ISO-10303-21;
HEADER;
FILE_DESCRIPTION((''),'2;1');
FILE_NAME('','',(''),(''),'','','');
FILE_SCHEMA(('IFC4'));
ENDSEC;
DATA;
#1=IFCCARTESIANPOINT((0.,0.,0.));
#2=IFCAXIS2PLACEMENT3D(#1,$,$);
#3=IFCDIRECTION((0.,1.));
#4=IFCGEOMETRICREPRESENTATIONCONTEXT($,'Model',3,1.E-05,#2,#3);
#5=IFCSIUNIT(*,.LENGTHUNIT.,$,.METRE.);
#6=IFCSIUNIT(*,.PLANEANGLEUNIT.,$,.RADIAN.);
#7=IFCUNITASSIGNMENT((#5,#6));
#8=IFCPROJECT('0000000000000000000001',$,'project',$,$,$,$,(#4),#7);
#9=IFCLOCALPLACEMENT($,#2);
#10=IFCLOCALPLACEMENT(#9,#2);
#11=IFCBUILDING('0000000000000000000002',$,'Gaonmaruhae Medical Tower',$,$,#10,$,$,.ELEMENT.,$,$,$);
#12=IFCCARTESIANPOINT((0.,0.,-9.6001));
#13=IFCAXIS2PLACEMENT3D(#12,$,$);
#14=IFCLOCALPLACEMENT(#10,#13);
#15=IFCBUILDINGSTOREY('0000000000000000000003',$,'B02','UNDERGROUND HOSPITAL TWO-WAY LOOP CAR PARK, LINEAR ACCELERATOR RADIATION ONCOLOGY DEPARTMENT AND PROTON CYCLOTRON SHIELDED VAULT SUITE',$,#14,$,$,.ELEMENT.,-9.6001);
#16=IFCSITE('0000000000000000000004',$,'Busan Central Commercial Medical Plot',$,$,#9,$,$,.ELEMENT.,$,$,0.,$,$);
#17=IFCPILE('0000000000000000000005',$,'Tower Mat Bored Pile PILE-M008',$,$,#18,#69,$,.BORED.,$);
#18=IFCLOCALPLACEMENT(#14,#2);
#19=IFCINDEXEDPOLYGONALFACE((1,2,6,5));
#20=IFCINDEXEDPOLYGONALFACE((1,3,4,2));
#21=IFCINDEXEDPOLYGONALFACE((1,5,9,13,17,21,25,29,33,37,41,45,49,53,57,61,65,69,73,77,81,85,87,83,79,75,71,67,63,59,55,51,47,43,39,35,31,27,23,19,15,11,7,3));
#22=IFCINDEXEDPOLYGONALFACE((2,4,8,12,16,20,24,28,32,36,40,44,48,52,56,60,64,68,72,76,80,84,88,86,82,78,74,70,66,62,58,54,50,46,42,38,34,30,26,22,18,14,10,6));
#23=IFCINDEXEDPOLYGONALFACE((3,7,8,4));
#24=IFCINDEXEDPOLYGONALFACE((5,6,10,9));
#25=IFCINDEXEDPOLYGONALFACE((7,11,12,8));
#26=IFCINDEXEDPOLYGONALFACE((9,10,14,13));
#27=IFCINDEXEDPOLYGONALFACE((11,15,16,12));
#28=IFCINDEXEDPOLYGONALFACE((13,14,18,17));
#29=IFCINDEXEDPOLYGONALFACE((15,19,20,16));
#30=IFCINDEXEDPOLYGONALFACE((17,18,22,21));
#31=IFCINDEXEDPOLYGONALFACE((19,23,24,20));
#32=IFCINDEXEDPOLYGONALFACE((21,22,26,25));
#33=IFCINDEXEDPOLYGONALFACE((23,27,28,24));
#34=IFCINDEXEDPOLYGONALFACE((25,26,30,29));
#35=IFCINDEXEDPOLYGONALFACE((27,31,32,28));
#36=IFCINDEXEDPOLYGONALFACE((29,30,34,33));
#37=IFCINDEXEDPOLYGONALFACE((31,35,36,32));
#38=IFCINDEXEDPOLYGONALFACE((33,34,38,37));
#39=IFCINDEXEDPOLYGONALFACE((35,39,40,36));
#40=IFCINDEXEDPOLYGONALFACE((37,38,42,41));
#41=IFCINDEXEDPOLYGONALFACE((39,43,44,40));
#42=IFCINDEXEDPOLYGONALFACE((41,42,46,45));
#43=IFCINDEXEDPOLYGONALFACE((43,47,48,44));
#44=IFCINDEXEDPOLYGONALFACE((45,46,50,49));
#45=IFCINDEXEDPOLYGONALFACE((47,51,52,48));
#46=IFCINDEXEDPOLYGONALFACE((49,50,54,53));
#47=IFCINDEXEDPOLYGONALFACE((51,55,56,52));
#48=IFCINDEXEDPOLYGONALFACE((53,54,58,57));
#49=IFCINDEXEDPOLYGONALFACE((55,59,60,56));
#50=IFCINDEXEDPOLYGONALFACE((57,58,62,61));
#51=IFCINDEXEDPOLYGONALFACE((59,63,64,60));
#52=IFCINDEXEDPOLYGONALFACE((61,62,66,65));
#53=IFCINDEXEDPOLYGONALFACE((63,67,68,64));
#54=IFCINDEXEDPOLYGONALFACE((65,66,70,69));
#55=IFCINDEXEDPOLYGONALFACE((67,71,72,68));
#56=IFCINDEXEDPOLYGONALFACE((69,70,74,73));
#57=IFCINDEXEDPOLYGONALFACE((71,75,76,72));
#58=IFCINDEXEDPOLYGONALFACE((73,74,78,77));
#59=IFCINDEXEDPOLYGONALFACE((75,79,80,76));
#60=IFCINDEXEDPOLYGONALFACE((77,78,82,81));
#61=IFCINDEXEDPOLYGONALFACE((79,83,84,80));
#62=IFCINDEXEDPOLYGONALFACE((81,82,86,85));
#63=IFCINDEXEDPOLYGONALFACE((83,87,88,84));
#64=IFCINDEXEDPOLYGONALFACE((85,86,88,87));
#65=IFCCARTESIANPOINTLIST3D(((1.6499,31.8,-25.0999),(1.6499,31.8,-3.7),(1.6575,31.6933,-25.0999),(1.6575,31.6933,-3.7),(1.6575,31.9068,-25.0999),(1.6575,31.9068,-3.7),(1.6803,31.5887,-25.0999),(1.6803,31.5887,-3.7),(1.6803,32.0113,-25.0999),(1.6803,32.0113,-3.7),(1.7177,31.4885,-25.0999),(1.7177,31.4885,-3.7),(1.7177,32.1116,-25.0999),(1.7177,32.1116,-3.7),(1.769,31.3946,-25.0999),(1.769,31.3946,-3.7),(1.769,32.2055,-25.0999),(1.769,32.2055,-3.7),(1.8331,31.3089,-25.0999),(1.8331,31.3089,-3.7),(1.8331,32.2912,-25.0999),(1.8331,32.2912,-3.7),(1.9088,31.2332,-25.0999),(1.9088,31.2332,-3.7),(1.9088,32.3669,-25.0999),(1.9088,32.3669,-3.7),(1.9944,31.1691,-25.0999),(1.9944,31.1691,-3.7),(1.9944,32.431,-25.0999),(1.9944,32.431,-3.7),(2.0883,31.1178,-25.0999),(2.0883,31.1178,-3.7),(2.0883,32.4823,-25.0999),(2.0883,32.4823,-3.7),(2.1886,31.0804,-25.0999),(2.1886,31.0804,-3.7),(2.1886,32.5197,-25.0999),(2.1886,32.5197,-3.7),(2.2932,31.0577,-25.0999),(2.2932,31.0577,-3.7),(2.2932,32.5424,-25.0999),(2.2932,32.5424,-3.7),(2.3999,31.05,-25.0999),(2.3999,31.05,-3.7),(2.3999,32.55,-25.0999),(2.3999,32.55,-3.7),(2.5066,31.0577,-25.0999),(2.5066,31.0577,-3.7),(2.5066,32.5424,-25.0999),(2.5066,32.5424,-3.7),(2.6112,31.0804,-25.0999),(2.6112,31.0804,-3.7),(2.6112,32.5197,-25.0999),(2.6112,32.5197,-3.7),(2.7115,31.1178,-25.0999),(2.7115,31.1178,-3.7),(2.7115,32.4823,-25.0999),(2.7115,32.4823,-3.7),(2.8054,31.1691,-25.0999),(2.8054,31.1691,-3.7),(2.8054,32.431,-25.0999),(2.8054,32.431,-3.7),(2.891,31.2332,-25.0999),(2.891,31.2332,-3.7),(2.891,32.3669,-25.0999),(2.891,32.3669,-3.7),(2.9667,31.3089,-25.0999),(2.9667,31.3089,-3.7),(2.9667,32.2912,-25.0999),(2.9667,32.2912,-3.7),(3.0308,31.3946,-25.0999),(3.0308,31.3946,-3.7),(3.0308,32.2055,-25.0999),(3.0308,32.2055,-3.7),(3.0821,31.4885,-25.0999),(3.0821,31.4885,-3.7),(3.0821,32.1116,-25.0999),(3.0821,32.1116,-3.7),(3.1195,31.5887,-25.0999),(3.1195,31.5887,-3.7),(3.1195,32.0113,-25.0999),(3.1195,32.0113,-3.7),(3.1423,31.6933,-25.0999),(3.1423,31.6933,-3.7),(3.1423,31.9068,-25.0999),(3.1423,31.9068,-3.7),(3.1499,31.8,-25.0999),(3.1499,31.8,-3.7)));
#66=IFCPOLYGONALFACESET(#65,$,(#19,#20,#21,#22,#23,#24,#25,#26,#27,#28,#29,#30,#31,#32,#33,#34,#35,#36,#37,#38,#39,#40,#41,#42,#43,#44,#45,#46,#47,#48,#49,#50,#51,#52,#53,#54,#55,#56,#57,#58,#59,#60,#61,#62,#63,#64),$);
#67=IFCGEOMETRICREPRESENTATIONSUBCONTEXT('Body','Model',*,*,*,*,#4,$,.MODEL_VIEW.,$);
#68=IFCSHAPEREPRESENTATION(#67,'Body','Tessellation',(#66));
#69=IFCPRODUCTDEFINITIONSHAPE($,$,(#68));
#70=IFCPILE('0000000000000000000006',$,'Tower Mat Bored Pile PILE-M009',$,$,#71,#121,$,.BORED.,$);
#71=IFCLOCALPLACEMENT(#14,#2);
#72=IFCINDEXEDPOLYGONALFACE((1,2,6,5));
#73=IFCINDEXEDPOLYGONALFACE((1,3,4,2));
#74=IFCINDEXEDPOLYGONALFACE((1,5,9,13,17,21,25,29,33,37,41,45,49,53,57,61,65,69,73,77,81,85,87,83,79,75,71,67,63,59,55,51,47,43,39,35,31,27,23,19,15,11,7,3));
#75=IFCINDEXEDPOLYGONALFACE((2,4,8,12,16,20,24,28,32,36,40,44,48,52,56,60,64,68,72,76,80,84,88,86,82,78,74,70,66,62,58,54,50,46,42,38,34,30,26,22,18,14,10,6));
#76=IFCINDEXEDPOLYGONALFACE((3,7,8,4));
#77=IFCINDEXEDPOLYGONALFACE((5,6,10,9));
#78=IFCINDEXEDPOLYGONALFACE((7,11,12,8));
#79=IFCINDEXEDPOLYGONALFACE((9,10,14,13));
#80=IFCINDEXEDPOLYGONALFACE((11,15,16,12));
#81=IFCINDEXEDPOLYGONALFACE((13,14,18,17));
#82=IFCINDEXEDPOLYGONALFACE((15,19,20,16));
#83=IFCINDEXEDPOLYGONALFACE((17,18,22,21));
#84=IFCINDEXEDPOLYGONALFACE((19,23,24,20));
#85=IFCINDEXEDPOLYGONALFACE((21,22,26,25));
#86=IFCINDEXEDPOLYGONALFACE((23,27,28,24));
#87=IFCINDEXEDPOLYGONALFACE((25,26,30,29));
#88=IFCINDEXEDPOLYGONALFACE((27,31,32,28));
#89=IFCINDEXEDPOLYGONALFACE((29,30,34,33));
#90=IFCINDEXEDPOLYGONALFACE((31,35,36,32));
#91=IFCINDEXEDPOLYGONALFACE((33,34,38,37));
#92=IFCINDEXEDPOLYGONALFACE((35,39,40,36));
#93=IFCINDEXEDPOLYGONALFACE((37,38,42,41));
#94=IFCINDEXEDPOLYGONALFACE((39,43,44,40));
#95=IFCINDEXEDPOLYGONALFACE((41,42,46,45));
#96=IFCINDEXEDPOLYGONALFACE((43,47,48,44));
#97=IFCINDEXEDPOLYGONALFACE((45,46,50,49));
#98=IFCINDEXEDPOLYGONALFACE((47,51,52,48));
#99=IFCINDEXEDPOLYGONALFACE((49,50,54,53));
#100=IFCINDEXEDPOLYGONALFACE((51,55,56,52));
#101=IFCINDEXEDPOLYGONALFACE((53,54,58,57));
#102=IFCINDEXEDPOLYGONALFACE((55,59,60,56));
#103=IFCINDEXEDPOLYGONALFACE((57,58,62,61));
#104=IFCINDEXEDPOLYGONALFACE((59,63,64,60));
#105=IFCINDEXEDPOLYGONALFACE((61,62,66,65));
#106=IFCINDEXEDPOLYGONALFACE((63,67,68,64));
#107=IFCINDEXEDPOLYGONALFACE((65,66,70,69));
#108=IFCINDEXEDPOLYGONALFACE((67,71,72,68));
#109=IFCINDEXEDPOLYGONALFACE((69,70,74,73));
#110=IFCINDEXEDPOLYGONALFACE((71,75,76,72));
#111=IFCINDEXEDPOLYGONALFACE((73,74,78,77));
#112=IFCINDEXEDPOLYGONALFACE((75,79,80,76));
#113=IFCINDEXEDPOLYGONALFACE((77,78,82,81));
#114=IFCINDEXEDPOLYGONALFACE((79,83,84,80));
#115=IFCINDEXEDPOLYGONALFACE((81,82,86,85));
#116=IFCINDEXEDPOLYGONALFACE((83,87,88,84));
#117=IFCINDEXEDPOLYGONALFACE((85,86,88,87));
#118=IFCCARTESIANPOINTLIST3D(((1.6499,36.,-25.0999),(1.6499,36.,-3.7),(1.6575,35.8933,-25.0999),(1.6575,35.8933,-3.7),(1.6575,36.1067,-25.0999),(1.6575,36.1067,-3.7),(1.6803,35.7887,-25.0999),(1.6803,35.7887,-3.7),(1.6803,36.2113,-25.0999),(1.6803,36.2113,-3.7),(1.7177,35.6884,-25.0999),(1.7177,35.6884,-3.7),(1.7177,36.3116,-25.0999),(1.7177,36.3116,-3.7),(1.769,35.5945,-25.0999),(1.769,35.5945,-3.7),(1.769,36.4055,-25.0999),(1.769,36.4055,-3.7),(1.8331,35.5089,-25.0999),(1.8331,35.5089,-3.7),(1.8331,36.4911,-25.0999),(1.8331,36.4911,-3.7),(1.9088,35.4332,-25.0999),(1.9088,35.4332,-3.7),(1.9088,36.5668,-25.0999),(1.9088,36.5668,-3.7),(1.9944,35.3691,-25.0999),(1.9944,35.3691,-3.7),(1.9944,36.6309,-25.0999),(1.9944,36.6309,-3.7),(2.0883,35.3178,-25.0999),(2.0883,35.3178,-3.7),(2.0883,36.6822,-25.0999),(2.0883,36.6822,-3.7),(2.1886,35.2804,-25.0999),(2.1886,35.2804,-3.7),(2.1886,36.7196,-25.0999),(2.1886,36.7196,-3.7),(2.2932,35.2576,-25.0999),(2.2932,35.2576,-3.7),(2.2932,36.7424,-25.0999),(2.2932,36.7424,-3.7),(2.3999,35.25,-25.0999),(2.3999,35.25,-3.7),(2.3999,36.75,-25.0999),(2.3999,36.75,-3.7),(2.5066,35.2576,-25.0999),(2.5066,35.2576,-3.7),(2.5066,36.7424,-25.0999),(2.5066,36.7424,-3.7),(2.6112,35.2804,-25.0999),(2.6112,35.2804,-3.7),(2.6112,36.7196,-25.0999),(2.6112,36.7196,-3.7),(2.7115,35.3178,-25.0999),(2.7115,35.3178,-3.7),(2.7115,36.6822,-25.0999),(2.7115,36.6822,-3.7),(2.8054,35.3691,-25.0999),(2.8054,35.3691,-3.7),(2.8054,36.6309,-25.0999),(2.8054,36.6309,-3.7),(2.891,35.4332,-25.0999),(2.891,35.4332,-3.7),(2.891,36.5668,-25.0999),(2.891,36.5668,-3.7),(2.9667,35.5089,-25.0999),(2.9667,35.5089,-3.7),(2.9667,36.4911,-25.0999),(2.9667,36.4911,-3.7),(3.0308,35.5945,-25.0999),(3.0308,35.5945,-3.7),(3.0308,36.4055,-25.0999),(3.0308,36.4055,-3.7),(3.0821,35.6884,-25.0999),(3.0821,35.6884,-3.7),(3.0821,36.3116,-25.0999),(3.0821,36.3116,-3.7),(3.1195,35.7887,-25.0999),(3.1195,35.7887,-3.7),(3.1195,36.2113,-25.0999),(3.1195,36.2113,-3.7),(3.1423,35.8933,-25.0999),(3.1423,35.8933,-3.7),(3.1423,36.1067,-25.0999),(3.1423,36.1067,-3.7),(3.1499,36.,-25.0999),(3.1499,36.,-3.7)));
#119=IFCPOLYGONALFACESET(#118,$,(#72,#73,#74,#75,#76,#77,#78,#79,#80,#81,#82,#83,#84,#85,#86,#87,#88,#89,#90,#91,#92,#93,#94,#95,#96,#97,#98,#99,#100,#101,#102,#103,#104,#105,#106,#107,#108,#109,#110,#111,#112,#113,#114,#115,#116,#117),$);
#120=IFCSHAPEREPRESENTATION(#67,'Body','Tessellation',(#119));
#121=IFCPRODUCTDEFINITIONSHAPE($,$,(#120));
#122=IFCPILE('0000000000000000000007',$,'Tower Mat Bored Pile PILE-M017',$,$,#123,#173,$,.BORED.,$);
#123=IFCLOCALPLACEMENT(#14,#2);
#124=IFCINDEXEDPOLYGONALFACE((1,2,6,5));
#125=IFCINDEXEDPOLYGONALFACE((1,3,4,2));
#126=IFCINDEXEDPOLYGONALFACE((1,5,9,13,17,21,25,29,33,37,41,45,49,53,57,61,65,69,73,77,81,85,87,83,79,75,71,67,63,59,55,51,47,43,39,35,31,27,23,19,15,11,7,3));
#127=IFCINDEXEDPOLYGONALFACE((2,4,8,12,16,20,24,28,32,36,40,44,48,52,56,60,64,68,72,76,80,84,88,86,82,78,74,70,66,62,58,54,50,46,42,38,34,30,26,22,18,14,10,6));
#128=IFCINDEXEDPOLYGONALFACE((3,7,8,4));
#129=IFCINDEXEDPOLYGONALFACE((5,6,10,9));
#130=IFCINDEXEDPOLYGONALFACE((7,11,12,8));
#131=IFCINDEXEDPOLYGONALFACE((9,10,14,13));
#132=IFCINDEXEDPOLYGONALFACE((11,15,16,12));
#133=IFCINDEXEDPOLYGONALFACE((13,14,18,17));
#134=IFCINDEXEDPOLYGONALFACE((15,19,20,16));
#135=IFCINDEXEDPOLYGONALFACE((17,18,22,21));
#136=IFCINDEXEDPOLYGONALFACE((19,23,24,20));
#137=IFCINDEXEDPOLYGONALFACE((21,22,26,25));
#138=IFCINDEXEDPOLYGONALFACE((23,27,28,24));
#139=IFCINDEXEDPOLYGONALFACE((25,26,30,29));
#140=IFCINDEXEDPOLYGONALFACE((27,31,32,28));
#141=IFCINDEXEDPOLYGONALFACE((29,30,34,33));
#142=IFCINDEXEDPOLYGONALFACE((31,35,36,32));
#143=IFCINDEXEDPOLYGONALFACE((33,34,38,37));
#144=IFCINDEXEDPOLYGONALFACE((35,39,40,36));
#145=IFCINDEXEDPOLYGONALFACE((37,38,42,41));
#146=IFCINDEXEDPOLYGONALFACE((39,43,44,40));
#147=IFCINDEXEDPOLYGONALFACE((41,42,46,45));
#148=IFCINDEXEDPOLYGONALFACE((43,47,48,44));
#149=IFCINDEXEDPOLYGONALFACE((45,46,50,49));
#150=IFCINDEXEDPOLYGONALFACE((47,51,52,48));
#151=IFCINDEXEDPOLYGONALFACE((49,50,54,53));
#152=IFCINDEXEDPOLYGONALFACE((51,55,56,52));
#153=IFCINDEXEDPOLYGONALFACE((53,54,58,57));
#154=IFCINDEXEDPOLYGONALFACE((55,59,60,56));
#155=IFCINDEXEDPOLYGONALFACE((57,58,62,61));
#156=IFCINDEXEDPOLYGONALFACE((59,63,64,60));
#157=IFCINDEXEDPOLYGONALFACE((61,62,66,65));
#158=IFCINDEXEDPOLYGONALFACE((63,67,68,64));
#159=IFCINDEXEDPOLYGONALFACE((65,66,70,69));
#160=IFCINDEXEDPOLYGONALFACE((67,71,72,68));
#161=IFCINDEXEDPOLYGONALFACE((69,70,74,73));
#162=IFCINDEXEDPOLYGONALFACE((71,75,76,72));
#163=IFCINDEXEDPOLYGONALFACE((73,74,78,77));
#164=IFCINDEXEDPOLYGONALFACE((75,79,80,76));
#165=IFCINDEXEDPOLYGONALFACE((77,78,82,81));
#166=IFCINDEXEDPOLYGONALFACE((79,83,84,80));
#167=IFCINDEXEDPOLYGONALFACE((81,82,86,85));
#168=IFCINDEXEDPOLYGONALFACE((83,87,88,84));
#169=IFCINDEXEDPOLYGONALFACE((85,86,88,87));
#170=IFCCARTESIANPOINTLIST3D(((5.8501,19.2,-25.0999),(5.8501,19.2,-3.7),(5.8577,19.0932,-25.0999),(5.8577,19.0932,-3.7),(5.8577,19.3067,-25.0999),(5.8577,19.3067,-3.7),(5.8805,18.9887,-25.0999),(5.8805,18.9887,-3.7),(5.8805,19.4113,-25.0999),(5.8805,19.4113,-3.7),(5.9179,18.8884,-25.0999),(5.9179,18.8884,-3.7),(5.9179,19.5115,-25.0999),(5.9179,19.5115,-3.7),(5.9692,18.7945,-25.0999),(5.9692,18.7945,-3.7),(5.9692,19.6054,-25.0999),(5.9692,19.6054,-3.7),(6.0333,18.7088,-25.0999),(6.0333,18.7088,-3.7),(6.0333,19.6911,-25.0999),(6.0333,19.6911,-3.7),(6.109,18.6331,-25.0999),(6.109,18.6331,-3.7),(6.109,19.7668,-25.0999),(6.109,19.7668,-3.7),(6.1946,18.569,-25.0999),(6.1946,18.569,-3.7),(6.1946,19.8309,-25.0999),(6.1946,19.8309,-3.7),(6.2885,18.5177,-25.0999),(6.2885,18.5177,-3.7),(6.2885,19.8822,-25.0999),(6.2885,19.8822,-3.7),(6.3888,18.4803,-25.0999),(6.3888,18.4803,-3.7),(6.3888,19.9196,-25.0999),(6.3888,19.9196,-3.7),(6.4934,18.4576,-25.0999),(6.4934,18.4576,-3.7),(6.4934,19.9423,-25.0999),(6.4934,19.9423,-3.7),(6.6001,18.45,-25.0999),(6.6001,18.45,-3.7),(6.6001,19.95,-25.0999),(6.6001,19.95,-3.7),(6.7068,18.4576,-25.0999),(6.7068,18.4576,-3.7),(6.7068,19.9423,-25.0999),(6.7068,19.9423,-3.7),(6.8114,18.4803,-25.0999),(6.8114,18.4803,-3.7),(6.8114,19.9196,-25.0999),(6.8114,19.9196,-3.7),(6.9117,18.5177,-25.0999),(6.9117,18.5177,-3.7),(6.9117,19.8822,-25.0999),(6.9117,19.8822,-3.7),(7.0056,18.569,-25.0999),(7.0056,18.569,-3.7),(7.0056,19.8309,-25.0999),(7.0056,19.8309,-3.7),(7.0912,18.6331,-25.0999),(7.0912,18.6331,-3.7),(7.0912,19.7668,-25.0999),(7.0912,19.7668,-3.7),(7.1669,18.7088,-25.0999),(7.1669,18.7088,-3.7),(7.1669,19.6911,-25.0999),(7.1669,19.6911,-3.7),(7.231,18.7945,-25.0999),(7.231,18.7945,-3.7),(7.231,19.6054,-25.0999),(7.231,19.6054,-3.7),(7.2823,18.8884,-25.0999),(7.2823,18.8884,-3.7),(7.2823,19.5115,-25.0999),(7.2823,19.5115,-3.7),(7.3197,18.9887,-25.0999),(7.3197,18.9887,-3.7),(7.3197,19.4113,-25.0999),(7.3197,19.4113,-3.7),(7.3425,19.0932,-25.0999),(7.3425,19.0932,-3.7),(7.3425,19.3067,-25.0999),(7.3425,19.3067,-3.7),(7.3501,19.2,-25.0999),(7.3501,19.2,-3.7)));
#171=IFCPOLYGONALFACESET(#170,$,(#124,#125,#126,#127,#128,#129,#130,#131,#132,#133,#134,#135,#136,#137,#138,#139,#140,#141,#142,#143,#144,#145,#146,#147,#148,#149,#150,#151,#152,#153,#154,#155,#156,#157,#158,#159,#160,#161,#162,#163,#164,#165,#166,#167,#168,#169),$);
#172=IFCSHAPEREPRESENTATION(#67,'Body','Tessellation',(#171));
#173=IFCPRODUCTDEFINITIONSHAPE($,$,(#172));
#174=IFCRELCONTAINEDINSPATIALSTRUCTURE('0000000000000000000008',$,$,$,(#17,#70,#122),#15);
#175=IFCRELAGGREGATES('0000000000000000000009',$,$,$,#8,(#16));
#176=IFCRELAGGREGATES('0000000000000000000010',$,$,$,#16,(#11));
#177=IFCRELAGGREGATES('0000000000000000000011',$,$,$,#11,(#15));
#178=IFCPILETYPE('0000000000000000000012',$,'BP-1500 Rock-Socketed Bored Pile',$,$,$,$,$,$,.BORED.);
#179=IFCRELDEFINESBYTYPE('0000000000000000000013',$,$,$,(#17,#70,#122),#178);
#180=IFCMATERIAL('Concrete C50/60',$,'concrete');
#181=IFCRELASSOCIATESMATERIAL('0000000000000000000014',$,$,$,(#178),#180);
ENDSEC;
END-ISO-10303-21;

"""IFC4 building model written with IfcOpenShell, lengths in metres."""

from ifc_helpers import new_model, si_unit, direction, frame, origin, origin_2d, place, context, subcontext, project, spatial, circle, extrude, material, material_profile, profile_set, type_object, element, save


model = new_model("IFC4")

# Units and contexts
model_context = context("Model", 3, precision=1e-05, world=origin(), true_north=direction((0.0, 1.0)))
body_context = subcontext(model_context, "Body", "Model", "MODEL_VIEW")
ifc_project = project(units=[si_unit("LENGTHUNIT", "METRE"), si_unit("PLANEANGLEUNIT", "RADIAN")], contexts=[model_context])

# Site, building, storey
site_placement = place(None, origin())
site = spatial("IfcSite", under=ifc_project, at=site_placement, Name="Busan Central Commercial Medical Plot", CompositionType="ELEMENT", RefElevation=0.0)
building_placement = place(site_placement, origin())
building = spatial("IfcBuilding", under=site, at=building_placement, Name="Gaonmaruhae Medical Tower", CompositionType="ELEMENT")
storey_placement = place(building_placement, frame((0.0, 0.0, -9.6001)))
storey = spatial("IfcBuildingStorey", under=building, at=storey_placement, Name="B02", Description="UNDERGROUND HOSPITAL TWO-WAY LOOP CAR PARK, LINEAR ACCELERATOR RADIATION ONCOLOGY DEPARTMENT AND PROTON CYCLOTRON SHIELDED VAULT SUITE", CompositionType="ELEMENT", Elevation=-9.6001)

# Piles
ifc_material_1 = material(Name="Concrete C50/60", Category="concrete")
ifc_material_profile_1 = material_profile(ifc_material_1, circle(Radius=0.75, at=origin_2d()), Name="PILE-D1500")
ifc_profile_set_1 = profile_set([ifc_material_profile_1], Name="Concrete C50/60")
pile_type = type_object("IfcPileType", Name="BP-1500 Rock-Socketed Bored Pile", PredefinedType="BORED", material=ifc_profile_set_1)
for number, where, z_axis, x_axis, name in (
    (1, (2.3999, 31.8, -3.7), (0.0, 0.0, -1.0), (1.0, 0.0, 0.0), "Tower Mat Bored Pile PILE-M008"),
    (2, (2.3999, 36.0, -3.7), (0.0, 0.0, -1.0), (1.0, 0.0, 0.0), "Tower Mat Bored Pile PILE-M009"),
    (3, (6.6001, 19.2, -3.7), (0.0, 0.0, -1.0), (1.0, 0.0, 0.0), "Tower Mat Bored Pile PILE-M017"),
):
    element("IfcPile", number, at=place(storey_placement, frame(where, z_axis=z_axis, x_axis=x_axis)), inside=storey, type_object=pile_type, Name=name, PredefinedType="BORED", context=body_context, shape_type="SweptSolid", body=[
        extrude(circle(Radius=0.75, at=origin_2d()), origin(), (0.0, 0.0, 1.0), 21.3999),
    ])

save(model, "model.ifc")
